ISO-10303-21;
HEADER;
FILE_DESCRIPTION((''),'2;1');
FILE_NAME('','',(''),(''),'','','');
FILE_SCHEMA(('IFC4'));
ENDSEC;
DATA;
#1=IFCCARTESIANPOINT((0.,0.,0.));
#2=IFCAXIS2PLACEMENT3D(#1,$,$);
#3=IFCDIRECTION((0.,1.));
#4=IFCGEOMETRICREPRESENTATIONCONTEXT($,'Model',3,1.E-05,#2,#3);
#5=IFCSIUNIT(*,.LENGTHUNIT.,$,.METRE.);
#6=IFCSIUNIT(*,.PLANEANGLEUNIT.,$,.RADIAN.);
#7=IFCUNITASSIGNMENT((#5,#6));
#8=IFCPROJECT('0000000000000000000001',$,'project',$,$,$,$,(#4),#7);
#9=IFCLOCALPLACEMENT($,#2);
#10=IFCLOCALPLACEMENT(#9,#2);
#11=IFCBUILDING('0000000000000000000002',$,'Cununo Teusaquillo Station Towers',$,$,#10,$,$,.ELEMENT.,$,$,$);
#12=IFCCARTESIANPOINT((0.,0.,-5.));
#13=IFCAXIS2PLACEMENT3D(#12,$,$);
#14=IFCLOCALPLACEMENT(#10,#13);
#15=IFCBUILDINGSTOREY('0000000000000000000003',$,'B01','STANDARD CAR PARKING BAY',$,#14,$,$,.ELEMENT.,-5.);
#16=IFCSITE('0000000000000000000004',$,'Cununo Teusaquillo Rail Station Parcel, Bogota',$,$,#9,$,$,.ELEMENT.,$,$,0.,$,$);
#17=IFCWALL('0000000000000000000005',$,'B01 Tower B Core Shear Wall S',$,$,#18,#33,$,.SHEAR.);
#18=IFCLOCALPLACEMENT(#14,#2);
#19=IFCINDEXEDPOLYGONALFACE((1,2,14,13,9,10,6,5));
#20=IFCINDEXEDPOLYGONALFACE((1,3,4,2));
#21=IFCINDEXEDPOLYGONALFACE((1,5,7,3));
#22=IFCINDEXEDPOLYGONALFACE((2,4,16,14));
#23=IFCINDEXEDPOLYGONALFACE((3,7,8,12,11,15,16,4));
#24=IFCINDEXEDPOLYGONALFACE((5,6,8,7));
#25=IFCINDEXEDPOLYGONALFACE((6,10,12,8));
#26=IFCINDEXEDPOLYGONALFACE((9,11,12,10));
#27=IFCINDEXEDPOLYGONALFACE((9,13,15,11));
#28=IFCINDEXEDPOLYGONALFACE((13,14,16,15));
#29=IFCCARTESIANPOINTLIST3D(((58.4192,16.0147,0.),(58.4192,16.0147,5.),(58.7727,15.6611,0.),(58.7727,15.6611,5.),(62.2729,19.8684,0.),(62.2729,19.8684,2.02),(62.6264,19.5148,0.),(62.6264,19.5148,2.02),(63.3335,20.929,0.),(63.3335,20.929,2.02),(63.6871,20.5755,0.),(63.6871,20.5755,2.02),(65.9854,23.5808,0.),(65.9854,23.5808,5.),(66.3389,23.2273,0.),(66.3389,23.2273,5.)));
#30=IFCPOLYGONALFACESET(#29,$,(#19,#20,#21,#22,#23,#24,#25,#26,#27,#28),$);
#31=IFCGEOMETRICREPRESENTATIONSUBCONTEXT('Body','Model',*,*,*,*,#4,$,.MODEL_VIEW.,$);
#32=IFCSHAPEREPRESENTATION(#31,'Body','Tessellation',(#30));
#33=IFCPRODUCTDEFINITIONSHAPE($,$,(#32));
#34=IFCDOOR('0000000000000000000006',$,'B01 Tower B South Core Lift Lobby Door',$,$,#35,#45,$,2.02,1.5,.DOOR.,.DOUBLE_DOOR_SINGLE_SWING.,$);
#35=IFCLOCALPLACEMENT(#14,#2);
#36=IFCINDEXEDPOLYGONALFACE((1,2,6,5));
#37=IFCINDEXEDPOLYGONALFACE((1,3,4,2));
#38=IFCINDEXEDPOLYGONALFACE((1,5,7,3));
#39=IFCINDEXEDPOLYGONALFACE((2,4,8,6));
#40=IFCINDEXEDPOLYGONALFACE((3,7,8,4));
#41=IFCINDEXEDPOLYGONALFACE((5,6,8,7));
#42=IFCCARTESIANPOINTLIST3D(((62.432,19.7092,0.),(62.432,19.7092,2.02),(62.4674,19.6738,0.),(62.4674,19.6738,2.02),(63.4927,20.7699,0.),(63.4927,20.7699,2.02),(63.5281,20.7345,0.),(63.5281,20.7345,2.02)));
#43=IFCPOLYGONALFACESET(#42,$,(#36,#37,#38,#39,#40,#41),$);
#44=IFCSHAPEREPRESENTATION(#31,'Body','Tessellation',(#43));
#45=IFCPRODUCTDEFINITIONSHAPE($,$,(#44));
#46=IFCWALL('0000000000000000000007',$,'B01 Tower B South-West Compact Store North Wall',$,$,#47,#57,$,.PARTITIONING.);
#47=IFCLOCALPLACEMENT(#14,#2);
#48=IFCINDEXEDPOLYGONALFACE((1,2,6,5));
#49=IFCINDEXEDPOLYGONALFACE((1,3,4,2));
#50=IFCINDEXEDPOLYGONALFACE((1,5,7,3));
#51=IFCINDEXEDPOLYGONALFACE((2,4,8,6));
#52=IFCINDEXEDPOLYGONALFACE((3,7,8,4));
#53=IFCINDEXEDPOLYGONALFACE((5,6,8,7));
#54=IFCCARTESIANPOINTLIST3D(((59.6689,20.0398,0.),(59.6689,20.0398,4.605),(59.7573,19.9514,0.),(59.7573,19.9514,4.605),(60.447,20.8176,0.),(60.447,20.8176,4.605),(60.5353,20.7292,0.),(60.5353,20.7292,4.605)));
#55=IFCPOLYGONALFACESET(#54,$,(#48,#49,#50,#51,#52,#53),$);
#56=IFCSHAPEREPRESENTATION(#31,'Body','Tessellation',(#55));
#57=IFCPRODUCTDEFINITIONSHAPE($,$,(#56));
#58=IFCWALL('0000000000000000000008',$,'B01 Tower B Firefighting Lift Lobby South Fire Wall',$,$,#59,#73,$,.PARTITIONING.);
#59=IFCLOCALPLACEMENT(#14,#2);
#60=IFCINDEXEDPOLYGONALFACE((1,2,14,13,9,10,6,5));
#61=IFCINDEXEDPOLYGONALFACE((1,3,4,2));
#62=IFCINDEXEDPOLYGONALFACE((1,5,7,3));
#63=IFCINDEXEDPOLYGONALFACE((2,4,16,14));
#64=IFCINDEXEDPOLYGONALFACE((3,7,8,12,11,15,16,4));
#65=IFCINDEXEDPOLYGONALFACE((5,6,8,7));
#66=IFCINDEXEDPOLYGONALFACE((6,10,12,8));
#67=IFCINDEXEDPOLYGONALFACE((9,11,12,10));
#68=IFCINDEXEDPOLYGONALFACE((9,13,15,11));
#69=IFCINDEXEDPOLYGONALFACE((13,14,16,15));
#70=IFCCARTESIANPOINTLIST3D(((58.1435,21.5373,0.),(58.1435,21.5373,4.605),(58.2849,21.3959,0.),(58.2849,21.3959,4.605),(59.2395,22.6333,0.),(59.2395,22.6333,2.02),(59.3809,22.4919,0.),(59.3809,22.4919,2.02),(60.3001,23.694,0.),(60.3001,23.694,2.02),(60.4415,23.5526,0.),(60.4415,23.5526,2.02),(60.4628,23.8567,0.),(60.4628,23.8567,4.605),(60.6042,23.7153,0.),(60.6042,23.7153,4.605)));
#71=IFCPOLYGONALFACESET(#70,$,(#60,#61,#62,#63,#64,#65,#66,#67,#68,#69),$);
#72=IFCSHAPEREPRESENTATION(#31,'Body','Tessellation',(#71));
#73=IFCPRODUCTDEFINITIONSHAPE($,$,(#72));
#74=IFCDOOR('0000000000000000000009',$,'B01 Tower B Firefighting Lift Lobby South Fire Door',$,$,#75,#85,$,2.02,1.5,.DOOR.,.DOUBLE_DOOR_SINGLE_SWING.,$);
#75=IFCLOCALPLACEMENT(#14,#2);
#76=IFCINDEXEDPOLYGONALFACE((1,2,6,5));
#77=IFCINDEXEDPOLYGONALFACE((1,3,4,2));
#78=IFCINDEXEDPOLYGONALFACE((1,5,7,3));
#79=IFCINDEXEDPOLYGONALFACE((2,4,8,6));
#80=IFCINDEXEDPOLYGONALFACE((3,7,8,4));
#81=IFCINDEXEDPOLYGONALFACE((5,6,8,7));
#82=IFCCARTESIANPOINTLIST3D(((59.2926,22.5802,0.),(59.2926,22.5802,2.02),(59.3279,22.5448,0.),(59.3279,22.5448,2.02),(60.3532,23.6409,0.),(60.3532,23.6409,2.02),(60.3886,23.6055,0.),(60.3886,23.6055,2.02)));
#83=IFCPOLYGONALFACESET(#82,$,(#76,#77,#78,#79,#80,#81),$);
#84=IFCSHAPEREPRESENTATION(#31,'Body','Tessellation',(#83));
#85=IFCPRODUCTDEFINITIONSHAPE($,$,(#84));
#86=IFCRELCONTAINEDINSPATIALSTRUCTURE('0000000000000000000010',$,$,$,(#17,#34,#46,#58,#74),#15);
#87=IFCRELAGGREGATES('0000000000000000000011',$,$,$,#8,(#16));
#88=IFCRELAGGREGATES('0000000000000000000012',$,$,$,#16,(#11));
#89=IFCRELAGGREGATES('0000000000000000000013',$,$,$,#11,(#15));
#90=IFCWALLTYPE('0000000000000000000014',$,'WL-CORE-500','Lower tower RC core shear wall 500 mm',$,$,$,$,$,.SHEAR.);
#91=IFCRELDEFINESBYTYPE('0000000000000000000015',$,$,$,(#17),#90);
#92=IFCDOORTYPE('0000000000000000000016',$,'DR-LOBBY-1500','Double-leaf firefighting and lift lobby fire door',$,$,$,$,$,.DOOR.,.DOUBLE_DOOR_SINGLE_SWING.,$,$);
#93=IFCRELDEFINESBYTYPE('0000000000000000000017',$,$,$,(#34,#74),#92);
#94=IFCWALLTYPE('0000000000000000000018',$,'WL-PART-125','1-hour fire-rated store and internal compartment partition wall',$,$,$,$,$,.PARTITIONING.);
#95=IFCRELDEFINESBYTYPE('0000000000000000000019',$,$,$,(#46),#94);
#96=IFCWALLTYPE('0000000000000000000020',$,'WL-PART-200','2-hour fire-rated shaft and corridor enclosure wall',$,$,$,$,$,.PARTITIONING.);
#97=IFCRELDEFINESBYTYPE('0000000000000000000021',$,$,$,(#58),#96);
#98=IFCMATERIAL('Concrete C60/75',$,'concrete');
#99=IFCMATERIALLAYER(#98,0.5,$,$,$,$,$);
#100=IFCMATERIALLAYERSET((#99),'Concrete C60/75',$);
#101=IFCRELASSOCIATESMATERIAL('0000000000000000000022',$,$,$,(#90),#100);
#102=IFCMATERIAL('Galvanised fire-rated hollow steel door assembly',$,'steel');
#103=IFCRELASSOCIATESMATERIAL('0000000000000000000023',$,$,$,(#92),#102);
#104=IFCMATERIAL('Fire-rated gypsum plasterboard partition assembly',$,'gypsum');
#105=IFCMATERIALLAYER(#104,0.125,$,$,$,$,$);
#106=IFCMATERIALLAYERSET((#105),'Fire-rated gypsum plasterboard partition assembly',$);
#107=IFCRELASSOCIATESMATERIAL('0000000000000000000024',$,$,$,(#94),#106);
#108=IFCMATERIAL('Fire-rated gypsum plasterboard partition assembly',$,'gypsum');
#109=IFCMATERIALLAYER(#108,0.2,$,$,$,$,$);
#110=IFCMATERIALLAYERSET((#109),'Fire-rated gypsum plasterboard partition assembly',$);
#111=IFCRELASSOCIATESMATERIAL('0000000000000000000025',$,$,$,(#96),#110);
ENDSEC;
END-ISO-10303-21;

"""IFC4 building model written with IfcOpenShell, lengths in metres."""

from ifc_helpers import new_model, si_unit, direction, frame, frame_2d, origin, place, context, subcontext, project, spatial, rectangle, extrude, source, transform, mapped, material, layer, layer_set, type_object, element, fill, save


model = new_model("IFC4")

# Units and contexts
model_context = context("Model", 3, precision=1e-05, world=origin(), true_north=direction((0.0, 1.0)))
body_context = subcontext(model_context, "Body", "Model", "MODEL_VIEW")
ifc_project = project(units=[si_unit("LENGTHUNIT", "METRE"), si_unit("PLANEANGLEUNIT", "RADIAN")], contexts=[model_context])

# Site, building, storey
site_placement = place(None, origin())
site = spatial("IfcSite", under=ifc_project, at=site_placement, Name="Cununo Teusaquillo Rail Station Parcel, Bogota", CompositionType="ELEMENT", RefElevation=0.0)
building_placement = place(site_placement, origin())
building = spatial("IfcBuilding", under=site, at=building_placement, Name="Cununo Teusaquillo Station Towers", CompositionType="ELEMENT")
storey_placement = place(building_placement, frame((0.0, 0.0, -5.0)))
storey = spatial("IfcBuildingStorey", under=building, at=storey_placement, Name="B01", Description="STANDARD CAR PARKING BAY", CompositionType="ELEMENT", Elevation=-5.0)

# Shared definitions
ifc_material_1 = material(Name="Concrete C60/75", Category="concrete")
ifc_layer_1 = layer(ifc_material_1, 0.5)
ifc_layer_set_1 = layer_set([ifc_layer_1], Name="Concrete C60/75")
wall_type_1 = type_object("IfcWallType", Name="WL-CORE-500", Description="Lower tower RC core shear wall 500 mm", PredefinedType="SHEAR", material=ifc_layer_set_1)

# Wall, opening, door
wall_1_placement = place(storey_placement, frame((58.5959, 15.8379, 0.0), z_axis=(0.0, 0.0, 1.0), x_axis=(0.707107, 0.707107, 0.0)))
wall_1 = element("IfcWall", 1, at=wall_1_placement, inside=storey, type_object=wall_type_1, Name="B01 Tower B Core Shear Wall S", PredefinedType="SHEAR", context=body_context, shape_type="SweptSolid", body=[
    extrude(rectangle(XDim=10.7002, YDim=0.5, at=frame_2d((5.3501, 0.0))), origin(), (0.0, 0.0, 1.0), 5.0),
])
shared_shape_1 = source(origin(), body_context, "Body", "SweptSolid", [
    extrude(rectangle(XDim=1.5, YDim=2.02, at=frame_2d((0.75, 1.01))), frame((0.0, 0.26, 0.0), z_axis=(0.0, -1.0, 0.0), x_axis=(1.0, 0.0, 0.0)), (0.0, 0.0, 1.0), 0.52),
])
opening_1_placement = place(wall_1_placement, frame((5.45, 0.0, 0.0)))
opening_1 = element("IfcOpeningElement", 2, at=opening_1_placement, cuts=wall_1, PredefinedType="OPENING", context=body_context, shape_type="MappedRepresentation", body=[
    mapped(shared_shape_1, transform((0.0, 0.0, 0.0), x_axis=(1.0, 0.0, 0.0), y_axis=(0.0, 1.0, 0.0), z_axis=(0.0, 0.0, 1.0), scale=1.0)),
])
ifc_material_2 = material(Name="Galvanised fire-rated hollow steel door assembly", Category="steel")
door_type = type_object("IfcDoorType", Name="DR-LOBBY-1500", Description="Double-leaf firefighting and lift lobby fire door", OperationType="DOUBLE_DOOR_SINGLE_SWING", PredefinedType="DOOR", material=ifc_material_2)
shared_shape_2 = source(origin(), body_context, "Body", "SweptSolid", [
    extrude(rectangle(XDim=1.5, YDim=2.02, at=frame_2d((0.75, 1.01))), frame((0.0, 0.0249, 0.0), z_axis=(0.0, -1.0, 0.0), x_axis=(1.0, 0.0, 0.0)), (0.0, 0.0, 1.0), 0.05),
])
door_1_placement = place(opening_1_placement, origin())
door_1 = element("IfcDoor", 3, at=door_1_placement, inside=storey, type_object=door_type, Name="B01 Tower B South Core Lift Lobby Door", OperationType="DOUBLE_DOOR_SINGLE_SWING", OverallHeight=2.02, OverallWidth=1.5, PredefinedType="DOOR", context=body_context, shape_type="MappedRepresentation", body=[
    mapped(shared_shape_2, transform((0.0, 0.0, 0.0), x_axis=(1.0, 0.0, 0.0), y_axis=(0.0, 1.0, 0.0), z_axis=(0.0, 0.0, 1.0), scale=1.0)),
])
fill(opening_1, door_1)

# Wall
ifc_material_3 = material(Name="Fire-rated gypsum plasterboard partition assembly", Category="gypsum")
ifc_layer_2 = layer(ifc_material_3, 0.125)
ifc_layer_set_2 = layer_set([ifc_layer_2], Name="Fire-rated gypsum plasterboard partition assembly")
wall_type_2 = type_object("IfcWallType", Name="WL-PART-125", Description="1-hour fire-rated store and internal compartment partition wall", PredefinedType="PARTITIONING", material=ifc_layer_set_2)
wall_2_placement = place(storey_placement, frame((59.7131, 19.9956, 0.0), z_axis=(0.0, 0.0, 1.0), x_axis=(0.707218, 0.706996, 0.0)))
element("IfcWall", 4, at=wall_2_placement, inside=storey, type_object=wall_type_2, Name="B01 Tower B South-West Compact Store North Wall", PredefinedType="PARTITIONING", context=body_context, shape_type="SweptSolid", body=[
    extrude(rectangle(XDim=1.1001, YDim=0.125, at=frame_2d((0.55, 0.0))), origin(), (0.0, 0.0, 1.0), 4.605),
])

# Wall, opening, door
ifc_material_4 = material(Name="Fire-rated gypsum plasterboard partition assembly", Category="gypsum")
ifc_layer_3 = layer(ifc_material_4, 0.2)
ifc_layer_set_3 = layer_set([ifc_layer_3], Name="Fire-rated gypsum plasterboard partition assembly")
wall_type_3 = type_object("IfcWallType", Name="WL-PART-200", Description="2-hour fire-rated shaft and corridor enclosure wall", PredefinedType="PARTITIONING", material=ifc_layer_set_3)
wall_3_placement = place(storey_placement, frame((58.2141, 21.4666, 0.0), z_axis=(0.0, 0.0, 1.0), x_axis=(0.707107, 0.707107, 0.0)))
wall_3 = element("IfcWall", 5, at=wall_3_placement, inside=storey, type_object=wall_type_3, Name="B01 Tower B Firefighting Lift Lobby South Fire Wall", PredefinedType="PARTITIONING", context=body_context, shape_type="SweptSolid", body=[
    extrude(rectangle(XDim=3.28, YDim=0.2, at=frame_2d((1.6401, 0.0))), origin(), (0.0, 0.0, 1.0), 4.605),
])
shared_shape_3 = source(origin(), body_context, "Body", "SweptSolid", [
    extrude(rectangle(XDim=1.5, YDim=2.02, at=frame_2d((0.75, 1.01))), frame((0.0, 0.1099, 0.0), z_axis=(0.0, -1.0, 0.0), x_axis=(1.0, 0.0, 0.0)), (0.0, 0.0, 1.0), 0.22),
])
opening_2_placement = place(wall_3_placement, frame((1.55, 0.0, 0.0)))
opening_2 = element("IfcOpeningElement", 6, at=opening_2_placement, cuts=wall_3, PredefinedType="OPENING", context=body_context, shape_type="MappedRepresentation", body=[
    mapped(shared_shape_3, transform((0.0, 0.0, 0.0), x_axis=(1.0, 0.0, 0.0), y_axis=(0.0, 1.0, 0.0), z_axis=(0.0, 0.0, 1.0), scale=1.0)),
])
door_2_placement = place(opening_2_placement, origin())
door_2 = element("IfcDoor", 7, at=door_2_placement, inside=storey, type_object=door_type, Name="B01 Tower B Firefighting Lift Lobby South Fire Door", OperationType="DOUBLE_DOOR_SINGLE_SWING", OverallHeight=2.02, OverallWidth=1.5, PredefinedType="DOOR", context=body_context, shape_type="MappedRepresentation", body=[
    mapped(shared_shape_2, transform((0.0, 0.0, 0.0), x_axis=(1.0, 0.0, 0.0), y_axis=(0.0, 1.0, 0.0), z_axis=(0.0, 0.0, 1.0), scale=1.0)),
])
fill(opening_2, door_2)

save(model, "model.ifc")
